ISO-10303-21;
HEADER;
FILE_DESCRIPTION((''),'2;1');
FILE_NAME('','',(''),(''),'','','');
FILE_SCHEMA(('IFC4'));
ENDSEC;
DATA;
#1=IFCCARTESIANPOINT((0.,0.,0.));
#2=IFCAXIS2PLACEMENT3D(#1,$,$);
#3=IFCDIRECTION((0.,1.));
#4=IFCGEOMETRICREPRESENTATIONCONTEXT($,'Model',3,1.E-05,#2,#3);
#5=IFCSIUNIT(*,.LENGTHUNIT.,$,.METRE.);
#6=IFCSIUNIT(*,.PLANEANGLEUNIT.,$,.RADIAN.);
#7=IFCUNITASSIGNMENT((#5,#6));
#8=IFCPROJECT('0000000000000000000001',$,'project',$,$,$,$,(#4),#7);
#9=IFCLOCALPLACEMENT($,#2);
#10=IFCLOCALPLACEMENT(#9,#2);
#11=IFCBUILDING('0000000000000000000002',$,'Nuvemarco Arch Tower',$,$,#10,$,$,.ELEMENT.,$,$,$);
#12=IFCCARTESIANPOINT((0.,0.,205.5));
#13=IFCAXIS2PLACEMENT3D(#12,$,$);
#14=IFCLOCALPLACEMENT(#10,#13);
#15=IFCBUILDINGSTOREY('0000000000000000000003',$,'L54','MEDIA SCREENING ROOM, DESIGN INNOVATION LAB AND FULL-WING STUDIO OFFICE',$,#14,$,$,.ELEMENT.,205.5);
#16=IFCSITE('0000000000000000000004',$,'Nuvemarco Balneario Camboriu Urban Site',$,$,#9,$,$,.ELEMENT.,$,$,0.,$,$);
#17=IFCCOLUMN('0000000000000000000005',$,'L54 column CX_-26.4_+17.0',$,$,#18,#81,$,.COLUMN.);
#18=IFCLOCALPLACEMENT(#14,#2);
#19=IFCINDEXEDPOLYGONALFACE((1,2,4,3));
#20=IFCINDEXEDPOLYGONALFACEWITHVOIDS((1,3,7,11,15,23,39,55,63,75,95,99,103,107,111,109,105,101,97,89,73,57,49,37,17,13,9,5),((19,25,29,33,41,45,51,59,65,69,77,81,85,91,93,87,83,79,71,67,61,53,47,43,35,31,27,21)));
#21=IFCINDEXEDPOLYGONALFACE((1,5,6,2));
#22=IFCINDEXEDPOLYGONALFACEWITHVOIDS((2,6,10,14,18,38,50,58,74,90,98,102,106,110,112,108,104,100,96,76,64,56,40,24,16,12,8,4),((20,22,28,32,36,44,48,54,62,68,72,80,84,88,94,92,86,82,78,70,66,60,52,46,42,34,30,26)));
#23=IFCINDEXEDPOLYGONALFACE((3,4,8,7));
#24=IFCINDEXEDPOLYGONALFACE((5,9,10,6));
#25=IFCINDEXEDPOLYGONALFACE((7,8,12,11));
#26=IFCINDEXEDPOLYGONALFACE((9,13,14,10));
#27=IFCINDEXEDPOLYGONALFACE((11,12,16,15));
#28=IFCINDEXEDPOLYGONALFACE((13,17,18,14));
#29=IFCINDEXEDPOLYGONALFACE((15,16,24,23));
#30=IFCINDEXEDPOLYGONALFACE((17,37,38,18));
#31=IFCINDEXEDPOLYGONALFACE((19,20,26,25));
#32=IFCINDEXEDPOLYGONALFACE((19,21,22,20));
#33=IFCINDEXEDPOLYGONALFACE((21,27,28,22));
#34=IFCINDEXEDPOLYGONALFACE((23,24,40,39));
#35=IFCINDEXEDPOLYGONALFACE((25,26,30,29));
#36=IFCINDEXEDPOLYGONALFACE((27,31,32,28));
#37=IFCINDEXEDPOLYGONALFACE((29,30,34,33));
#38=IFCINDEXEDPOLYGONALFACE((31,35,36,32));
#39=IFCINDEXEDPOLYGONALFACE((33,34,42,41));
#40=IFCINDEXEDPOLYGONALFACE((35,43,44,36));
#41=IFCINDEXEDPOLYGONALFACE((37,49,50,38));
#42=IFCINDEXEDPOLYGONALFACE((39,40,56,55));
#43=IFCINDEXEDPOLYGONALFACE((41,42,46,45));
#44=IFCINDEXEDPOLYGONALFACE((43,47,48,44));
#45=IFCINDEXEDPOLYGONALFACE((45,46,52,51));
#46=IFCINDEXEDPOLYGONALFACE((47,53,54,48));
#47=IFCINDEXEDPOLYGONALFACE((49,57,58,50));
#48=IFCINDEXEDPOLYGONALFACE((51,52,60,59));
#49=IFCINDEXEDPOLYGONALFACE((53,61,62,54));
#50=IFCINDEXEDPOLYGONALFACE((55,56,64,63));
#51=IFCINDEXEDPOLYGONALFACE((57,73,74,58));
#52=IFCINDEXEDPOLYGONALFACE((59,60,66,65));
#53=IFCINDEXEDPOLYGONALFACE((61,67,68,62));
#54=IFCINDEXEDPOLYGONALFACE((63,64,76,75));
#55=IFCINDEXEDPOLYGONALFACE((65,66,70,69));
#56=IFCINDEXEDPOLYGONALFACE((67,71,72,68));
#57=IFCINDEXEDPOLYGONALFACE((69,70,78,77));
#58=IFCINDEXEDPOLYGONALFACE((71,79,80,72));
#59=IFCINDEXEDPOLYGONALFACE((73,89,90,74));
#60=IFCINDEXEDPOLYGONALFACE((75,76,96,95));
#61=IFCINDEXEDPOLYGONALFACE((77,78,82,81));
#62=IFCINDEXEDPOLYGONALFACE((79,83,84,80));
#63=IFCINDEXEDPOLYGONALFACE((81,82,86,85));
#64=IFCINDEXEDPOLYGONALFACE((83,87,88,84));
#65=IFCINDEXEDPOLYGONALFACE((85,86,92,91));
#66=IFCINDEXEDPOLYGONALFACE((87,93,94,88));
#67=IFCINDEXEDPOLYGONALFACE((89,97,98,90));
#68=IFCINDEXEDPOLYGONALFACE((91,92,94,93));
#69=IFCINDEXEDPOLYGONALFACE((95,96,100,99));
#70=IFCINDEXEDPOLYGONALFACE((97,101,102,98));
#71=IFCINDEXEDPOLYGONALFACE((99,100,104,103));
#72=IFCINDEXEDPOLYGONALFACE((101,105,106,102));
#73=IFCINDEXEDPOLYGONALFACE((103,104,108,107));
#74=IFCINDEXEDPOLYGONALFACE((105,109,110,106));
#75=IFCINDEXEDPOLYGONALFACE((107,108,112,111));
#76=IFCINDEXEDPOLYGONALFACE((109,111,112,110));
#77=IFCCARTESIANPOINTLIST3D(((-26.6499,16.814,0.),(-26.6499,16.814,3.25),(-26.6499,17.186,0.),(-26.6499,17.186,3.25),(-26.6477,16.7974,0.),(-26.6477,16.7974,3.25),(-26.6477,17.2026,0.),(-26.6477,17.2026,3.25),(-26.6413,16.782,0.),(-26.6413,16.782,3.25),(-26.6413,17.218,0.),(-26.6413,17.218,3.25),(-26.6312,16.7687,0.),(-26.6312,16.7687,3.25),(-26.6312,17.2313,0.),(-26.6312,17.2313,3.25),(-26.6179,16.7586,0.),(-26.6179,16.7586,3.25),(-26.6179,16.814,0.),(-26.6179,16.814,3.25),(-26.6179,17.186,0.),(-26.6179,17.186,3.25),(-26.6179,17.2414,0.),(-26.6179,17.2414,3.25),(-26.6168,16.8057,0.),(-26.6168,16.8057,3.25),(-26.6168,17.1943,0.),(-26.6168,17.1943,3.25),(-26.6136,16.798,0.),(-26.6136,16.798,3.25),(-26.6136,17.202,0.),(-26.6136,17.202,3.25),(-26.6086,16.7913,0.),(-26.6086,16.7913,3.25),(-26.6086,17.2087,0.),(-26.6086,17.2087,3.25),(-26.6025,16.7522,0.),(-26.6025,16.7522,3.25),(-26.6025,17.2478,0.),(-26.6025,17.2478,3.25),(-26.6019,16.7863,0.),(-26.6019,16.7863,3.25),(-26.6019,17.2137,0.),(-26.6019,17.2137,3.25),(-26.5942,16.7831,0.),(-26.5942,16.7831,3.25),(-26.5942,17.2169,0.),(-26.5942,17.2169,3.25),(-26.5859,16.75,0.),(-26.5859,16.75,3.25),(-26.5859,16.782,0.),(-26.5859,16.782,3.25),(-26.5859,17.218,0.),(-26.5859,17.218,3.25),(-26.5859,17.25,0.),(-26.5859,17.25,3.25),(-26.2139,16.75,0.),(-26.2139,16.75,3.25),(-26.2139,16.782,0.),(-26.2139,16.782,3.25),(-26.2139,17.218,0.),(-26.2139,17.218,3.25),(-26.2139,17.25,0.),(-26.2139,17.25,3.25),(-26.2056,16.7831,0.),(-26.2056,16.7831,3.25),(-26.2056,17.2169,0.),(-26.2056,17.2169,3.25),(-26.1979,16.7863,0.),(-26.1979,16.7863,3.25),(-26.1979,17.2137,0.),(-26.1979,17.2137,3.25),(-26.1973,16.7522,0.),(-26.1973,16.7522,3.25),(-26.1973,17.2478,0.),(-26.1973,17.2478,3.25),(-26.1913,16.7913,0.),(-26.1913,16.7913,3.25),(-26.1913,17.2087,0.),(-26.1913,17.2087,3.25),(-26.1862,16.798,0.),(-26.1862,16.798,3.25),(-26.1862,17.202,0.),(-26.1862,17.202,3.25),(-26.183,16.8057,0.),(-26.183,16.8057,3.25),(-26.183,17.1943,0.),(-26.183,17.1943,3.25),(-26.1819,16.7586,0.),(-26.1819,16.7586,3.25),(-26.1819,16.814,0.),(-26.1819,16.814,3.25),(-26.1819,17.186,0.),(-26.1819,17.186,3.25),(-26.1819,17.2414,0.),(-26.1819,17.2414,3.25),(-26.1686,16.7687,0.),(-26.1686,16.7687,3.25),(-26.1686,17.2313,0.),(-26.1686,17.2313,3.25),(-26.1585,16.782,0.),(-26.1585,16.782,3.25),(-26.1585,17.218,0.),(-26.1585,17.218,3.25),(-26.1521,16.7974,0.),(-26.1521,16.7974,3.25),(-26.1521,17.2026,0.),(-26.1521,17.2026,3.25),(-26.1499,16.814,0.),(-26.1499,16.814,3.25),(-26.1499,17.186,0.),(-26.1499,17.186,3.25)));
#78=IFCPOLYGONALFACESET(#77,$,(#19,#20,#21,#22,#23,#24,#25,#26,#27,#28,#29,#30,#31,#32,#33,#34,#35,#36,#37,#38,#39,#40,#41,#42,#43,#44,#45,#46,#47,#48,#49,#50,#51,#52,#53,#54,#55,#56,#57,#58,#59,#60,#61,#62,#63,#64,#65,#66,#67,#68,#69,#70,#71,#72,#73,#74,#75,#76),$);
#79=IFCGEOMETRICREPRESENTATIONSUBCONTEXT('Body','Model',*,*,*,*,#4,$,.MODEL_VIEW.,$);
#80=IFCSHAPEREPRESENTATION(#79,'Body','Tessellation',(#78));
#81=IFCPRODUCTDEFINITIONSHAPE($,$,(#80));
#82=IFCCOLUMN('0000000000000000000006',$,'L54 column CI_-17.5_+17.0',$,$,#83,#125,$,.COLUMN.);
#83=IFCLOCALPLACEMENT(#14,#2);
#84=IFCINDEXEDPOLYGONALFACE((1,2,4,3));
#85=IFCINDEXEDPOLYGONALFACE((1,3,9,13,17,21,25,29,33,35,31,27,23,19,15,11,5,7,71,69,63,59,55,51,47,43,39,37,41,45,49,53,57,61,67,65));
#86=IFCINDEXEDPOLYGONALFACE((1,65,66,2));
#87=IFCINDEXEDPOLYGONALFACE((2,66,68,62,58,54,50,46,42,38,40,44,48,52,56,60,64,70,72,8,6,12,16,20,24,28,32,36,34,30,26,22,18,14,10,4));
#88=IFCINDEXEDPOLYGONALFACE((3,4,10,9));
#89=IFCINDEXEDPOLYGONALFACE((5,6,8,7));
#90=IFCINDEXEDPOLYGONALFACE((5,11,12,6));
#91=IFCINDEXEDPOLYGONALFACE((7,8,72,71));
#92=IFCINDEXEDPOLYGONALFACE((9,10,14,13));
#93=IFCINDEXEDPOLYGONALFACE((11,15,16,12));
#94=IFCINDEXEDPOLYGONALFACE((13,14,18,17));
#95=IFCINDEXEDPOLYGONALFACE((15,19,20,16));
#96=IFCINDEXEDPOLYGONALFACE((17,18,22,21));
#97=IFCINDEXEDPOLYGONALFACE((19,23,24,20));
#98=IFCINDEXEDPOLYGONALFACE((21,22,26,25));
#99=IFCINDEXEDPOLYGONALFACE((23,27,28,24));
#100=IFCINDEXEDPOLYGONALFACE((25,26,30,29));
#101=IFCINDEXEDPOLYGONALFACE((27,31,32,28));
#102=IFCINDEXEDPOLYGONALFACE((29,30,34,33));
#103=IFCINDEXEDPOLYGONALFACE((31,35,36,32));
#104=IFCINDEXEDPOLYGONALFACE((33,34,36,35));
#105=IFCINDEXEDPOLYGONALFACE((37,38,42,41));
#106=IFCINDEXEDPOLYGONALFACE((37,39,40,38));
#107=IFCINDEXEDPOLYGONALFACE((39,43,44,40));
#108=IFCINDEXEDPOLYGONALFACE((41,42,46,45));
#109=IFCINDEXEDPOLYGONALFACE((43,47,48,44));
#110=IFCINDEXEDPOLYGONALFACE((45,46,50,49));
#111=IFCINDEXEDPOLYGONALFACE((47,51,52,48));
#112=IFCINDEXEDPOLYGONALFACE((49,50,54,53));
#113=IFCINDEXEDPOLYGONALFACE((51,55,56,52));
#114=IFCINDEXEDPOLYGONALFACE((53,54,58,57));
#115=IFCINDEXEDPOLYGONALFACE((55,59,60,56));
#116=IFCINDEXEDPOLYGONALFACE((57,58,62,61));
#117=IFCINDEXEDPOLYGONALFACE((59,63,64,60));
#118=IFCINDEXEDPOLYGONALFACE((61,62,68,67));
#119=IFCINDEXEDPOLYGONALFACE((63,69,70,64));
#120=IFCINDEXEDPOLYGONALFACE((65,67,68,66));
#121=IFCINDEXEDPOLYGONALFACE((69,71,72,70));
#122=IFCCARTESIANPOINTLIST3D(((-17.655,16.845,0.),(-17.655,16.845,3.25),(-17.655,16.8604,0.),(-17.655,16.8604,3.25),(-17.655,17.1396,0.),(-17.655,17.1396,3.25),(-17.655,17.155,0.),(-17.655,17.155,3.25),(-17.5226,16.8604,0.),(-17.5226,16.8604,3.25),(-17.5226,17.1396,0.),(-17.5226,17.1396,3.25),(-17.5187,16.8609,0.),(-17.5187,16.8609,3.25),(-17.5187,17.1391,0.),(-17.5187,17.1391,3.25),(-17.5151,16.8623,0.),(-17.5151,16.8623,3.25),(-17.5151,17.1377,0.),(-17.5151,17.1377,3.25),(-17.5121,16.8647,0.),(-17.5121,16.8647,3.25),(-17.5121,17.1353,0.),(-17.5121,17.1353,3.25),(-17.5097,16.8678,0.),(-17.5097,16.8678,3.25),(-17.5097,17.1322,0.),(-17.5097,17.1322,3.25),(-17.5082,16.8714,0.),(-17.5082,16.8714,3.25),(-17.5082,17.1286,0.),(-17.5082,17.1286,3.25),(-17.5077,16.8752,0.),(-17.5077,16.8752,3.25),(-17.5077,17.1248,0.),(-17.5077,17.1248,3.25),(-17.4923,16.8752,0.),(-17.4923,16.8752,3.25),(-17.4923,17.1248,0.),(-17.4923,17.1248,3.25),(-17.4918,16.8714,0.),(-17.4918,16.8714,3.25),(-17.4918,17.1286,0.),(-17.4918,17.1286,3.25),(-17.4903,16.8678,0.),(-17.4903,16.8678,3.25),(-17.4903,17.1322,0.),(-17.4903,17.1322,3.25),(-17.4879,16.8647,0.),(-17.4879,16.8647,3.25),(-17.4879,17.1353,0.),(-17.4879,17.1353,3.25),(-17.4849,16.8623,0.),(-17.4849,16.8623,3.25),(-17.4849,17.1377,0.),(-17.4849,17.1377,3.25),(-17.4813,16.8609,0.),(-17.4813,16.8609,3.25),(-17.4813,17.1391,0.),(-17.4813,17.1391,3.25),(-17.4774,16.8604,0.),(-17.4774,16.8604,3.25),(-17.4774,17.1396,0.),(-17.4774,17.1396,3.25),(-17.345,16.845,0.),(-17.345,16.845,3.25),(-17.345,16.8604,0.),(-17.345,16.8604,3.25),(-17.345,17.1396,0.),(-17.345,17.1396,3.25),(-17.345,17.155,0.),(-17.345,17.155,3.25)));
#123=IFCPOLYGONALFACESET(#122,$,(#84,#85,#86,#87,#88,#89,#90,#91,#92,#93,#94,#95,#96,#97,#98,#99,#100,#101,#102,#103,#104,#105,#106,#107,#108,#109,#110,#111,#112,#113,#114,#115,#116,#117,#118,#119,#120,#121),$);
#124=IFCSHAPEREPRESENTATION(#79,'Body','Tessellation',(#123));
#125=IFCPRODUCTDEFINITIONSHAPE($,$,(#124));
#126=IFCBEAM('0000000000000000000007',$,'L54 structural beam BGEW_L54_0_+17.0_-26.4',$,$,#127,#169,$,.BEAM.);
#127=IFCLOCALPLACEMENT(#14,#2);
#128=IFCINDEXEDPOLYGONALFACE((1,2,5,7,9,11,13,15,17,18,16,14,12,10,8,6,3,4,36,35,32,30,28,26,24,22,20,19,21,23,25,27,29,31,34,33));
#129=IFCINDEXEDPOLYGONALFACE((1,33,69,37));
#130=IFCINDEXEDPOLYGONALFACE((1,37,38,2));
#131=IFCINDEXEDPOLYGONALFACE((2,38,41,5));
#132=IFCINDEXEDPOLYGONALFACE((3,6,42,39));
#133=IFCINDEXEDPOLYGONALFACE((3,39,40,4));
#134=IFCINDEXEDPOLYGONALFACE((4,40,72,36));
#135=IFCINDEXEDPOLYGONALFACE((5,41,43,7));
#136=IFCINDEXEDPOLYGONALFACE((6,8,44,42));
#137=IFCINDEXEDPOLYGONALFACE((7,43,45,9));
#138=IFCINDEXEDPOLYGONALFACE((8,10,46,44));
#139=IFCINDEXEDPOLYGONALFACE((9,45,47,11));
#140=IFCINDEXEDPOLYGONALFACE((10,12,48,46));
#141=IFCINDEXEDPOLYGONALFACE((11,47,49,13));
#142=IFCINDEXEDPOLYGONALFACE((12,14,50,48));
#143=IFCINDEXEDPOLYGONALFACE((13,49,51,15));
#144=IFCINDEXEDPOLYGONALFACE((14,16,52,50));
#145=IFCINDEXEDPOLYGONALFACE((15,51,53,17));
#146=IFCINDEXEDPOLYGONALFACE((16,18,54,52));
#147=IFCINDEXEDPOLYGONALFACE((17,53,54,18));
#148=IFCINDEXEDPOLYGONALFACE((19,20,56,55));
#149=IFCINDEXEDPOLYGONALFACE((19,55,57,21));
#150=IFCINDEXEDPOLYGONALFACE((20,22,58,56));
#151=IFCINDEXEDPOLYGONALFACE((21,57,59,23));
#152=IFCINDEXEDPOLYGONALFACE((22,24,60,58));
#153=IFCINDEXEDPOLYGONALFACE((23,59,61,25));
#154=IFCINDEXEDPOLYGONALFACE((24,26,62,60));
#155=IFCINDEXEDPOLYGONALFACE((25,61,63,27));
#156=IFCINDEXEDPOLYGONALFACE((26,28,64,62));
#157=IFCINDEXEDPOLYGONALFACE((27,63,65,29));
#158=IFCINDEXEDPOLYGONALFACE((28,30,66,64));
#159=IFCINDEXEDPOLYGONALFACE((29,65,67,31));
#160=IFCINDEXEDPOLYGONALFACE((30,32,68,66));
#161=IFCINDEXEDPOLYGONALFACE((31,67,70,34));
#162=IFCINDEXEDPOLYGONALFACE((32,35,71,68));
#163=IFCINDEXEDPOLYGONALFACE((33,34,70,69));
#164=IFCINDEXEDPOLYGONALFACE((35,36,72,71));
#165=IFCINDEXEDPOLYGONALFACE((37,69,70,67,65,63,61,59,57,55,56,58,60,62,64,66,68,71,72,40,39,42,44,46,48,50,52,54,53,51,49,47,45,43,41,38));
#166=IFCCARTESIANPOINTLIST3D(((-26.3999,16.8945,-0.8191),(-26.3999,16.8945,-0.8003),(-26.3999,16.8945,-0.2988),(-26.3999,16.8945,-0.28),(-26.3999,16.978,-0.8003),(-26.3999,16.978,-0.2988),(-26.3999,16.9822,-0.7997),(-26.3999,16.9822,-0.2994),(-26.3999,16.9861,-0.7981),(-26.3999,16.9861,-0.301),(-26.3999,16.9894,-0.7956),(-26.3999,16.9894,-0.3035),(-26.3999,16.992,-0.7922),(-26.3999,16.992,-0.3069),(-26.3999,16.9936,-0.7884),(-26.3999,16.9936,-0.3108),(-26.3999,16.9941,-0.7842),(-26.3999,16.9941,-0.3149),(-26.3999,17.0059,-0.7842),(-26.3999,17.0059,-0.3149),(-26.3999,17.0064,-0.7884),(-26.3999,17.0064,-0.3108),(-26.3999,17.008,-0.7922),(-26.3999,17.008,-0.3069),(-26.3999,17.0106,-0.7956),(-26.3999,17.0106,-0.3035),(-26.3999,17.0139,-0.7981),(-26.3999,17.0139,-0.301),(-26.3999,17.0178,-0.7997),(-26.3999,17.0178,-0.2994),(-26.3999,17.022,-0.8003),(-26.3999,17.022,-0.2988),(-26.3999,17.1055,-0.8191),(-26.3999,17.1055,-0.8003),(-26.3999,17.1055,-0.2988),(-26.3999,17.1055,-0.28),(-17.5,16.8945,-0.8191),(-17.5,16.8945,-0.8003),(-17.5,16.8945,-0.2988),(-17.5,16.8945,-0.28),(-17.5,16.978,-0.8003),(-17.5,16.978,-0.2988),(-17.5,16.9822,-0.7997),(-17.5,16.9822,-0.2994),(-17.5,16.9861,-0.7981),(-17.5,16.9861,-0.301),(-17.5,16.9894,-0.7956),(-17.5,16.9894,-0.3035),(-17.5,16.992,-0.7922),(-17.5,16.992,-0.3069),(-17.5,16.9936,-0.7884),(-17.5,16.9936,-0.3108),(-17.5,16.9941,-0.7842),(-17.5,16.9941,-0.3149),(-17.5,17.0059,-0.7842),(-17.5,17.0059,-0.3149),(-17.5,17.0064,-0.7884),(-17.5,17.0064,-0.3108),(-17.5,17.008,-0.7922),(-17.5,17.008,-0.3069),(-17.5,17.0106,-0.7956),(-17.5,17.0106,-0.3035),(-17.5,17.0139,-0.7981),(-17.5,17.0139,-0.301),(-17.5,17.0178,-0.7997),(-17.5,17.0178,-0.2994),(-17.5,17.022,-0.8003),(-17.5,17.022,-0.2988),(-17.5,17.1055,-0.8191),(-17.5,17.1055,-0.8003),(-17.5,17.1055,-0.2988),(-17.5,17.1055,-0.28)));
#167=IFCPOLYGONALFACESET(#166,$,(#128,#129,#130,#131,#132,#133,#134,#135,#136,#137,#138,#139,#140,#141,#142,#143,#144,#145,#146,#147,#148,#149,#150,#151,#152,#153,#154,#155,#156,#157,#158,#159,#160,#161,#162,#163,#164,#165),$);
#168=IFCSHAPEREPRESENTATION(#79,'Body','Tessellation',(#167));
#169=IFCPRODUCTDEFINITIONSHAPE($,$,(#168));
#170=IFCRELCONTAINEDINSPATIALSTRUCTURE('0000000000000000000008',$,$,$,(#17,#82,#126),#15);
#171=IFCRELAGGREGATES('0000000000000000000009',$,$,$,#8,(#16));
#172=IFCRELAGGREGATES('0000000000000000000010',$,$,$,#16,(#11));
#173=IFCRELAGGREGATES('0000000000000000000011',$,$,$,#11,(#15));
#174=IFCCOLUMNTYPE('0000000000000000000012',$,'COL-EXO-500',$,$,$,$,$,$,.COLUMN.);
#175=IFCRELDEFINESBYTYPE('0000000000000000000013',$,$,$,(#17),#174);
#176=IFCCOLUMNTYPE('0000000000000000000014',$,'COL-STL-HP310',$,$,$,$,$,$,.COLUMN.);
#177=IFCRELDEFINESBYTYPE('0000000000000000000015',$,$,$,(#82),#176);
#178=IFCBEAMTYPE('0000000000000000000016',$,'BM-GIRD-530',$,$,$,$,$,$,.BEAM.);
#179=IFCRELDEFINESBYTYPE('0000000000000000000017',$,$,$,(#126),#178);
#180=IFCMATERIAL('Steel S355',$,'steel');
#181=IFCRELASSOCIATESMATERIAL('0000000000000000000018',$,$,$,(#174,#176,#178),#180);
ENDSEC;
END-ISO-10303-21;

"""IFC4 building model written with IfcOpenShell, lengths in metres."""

from ifc_helpers import new_model, si_unit, direction, frame, origin, origin_2d, place, context, subcontext, project, spatial, hollow_rectangle, i_section, extrude, material, material_profile, profile_set, type_object, element, save


model = new_model("IFC4")

# Units and contexts
model_context = context("Model", 3, precision=1e-05, world=origin(), true_north=direction((0.0, 1.0)))
body_context = subcontext(model_context, "Body", "Model", "MODEL_VIEW")
ifc_project = project(units=[si_unit("LENGTHUNIT", "METRE"), si_unit("PLANEANGLEUNIT", "RADIAN")], contexts=[model_context])

# Site, building, storey
site_placement = place(None, origin())
site = spatial("IfcSite", under=ifc_project, at=site_placement, Name="Nuvemarco Balneario Camboriu Urban Site", CompositionType="ELEMENT", RefElevation=0.0)
building_placement = place(site_placement, origin())
building = spatial("IfcBuilding", under=site, at=building_placement, Name="Nuvemarco Arch Tower", CompositionType="ELEMENT")
storey_placement = place(building_placement, frame((0.0, 0.0, 205.5)))
storey = spatial("IfcBuildingStorey", under=building, at=storey_placement, Name="L54", Description="MEDIA SCREENING ROOM, DESIGN INNOVATION LAB AND FULL-WING STUDIO OFFICE", CompositionType="ELEMENT", Elevation=205.5)

# Columns
ifc_material_1 = material(Name="Steel S355", Category="steel")
ifc_material_profile_1 = material_profile(ifc_material_1, hollow_rectangle(XDim=0.5, YDim=0.5, WallThickness=0.032, InnerFilletRadius=0.032, OuterFilletRadius=0.064, at=origin_2d()), Name="SHS500x500x32")
ifc_profile_set_1 = profile_set([ifc_material_profile_1], Name="Steel S355")
column_type_1 = type_object("IfcColumnType", Name="COL-EXO-500", PredefinedType="COLUMN", material=ifc_profile_set_1)
column_1_placement = place(storey_placement, frame((-26.3999, 17.0, 0.0), z_axis=(0.0, 0.0, 1.0), x_axis=(1.0, 0.0, 0.0)))
element("IfcColumn", 1, at=column_1_placement, inside=storey, type_object=column_type_1, Name="L54 column CX_-26.4_+17.0", PredefinedType="COLUMN", context=body_context, shape_type="SweptSolid", body=[
    extrude(hollow_rectangle(XDim=0.5, YDim=0.5, WallThickness=0.032, InnerFilletRadius=0.032, OuterFilletRadius=0.064, at=origin_2d()), origin(), (0.0, 0.0, 1.0), 3.25),
])
ifc_material_profile_2 = material_profile(ifc_material_1, i_section(OverallWidth=0.3101, OverallDepth=0.3101, WebThickness=0.0154, FlangeThickness=0.0154, FilletRadius=0.0149, at=origin_2d()), Name="HP310x110")
ifc_profile_set_2 = profile_set([ifc_material_profile_2], Name="Steel S355")
column_type_2 = type_object("IfcColumnType", Name="COL-STL-HP310", PredefinedType="COLUMN", material=ifc_profile_set_2)
column_2_placement = place(storey_placement, frame((-17.5, 17.0, 0.0), z_axis=(0.0, 0.0, 1.0), x_axis=(1.0, 0.0, 0.0)))
element("IfcColumn", 2, at=column_2_placement, inside=storey, type_object=column_type_2, Name="L54 column CI_-17.5_+17.0", PredefinedType="COLUMN", context=body_context, shape_type="SweptSolid", body=[
    extrude(i_section(OverallWidth=0.3101, OverallDepth=0.3101, WebThickness=0.0154, FlangeThickness=0.0154, FilletRadius=0.0149, at=origin_2d()), origin(), (0.0, 0.0, 1.0), 3.25),
])

# Beam
ifc_material_profile_3 = material_profile(ifc_material_1, i_section(OverallWidth=0.2109, OverallDepth=0.5391, WebThickness=0.0117, FlangeThickness=0.0188, FilletRadius=0.0161, at=origin_2d()), Name="W530x109")
ifc_profile_set_3 = profile_set([ifc_material_profile_3], Name="Steel S355")
beam_type = type_object("IfcBeamType", Name="BM-GIRD-530", PredefinedType="BEAM", material=ifc_profile_set_3)
beam_1_placement = place(storey_placement, frame((-26.3999, 17.0, -0.5496), z_axis=(1.0, 0.0, 0.0), x_axis=(0.0, 1.0, 0.0)))
element("IfcBeam", 3, at=beam_1_placement, inside=storey, type_object=beam_type, Name="L54 structural beam BGEW_L54_0_+17.0_-26.4", PredefinedType="BEAM", context=body_context, shape_type="SweptSolid", body=[
    extrude(i_section(OverallWidth=0.2109, OverallDepth=0.5391, WebThickness=0.0117, FlangeThickness=0.0188, FilletRadius=0.0161, at=origin_2d()), origin(), (0.0, 0.0, 1.0), 8.8999),
])

save(model, "model.ifc")
